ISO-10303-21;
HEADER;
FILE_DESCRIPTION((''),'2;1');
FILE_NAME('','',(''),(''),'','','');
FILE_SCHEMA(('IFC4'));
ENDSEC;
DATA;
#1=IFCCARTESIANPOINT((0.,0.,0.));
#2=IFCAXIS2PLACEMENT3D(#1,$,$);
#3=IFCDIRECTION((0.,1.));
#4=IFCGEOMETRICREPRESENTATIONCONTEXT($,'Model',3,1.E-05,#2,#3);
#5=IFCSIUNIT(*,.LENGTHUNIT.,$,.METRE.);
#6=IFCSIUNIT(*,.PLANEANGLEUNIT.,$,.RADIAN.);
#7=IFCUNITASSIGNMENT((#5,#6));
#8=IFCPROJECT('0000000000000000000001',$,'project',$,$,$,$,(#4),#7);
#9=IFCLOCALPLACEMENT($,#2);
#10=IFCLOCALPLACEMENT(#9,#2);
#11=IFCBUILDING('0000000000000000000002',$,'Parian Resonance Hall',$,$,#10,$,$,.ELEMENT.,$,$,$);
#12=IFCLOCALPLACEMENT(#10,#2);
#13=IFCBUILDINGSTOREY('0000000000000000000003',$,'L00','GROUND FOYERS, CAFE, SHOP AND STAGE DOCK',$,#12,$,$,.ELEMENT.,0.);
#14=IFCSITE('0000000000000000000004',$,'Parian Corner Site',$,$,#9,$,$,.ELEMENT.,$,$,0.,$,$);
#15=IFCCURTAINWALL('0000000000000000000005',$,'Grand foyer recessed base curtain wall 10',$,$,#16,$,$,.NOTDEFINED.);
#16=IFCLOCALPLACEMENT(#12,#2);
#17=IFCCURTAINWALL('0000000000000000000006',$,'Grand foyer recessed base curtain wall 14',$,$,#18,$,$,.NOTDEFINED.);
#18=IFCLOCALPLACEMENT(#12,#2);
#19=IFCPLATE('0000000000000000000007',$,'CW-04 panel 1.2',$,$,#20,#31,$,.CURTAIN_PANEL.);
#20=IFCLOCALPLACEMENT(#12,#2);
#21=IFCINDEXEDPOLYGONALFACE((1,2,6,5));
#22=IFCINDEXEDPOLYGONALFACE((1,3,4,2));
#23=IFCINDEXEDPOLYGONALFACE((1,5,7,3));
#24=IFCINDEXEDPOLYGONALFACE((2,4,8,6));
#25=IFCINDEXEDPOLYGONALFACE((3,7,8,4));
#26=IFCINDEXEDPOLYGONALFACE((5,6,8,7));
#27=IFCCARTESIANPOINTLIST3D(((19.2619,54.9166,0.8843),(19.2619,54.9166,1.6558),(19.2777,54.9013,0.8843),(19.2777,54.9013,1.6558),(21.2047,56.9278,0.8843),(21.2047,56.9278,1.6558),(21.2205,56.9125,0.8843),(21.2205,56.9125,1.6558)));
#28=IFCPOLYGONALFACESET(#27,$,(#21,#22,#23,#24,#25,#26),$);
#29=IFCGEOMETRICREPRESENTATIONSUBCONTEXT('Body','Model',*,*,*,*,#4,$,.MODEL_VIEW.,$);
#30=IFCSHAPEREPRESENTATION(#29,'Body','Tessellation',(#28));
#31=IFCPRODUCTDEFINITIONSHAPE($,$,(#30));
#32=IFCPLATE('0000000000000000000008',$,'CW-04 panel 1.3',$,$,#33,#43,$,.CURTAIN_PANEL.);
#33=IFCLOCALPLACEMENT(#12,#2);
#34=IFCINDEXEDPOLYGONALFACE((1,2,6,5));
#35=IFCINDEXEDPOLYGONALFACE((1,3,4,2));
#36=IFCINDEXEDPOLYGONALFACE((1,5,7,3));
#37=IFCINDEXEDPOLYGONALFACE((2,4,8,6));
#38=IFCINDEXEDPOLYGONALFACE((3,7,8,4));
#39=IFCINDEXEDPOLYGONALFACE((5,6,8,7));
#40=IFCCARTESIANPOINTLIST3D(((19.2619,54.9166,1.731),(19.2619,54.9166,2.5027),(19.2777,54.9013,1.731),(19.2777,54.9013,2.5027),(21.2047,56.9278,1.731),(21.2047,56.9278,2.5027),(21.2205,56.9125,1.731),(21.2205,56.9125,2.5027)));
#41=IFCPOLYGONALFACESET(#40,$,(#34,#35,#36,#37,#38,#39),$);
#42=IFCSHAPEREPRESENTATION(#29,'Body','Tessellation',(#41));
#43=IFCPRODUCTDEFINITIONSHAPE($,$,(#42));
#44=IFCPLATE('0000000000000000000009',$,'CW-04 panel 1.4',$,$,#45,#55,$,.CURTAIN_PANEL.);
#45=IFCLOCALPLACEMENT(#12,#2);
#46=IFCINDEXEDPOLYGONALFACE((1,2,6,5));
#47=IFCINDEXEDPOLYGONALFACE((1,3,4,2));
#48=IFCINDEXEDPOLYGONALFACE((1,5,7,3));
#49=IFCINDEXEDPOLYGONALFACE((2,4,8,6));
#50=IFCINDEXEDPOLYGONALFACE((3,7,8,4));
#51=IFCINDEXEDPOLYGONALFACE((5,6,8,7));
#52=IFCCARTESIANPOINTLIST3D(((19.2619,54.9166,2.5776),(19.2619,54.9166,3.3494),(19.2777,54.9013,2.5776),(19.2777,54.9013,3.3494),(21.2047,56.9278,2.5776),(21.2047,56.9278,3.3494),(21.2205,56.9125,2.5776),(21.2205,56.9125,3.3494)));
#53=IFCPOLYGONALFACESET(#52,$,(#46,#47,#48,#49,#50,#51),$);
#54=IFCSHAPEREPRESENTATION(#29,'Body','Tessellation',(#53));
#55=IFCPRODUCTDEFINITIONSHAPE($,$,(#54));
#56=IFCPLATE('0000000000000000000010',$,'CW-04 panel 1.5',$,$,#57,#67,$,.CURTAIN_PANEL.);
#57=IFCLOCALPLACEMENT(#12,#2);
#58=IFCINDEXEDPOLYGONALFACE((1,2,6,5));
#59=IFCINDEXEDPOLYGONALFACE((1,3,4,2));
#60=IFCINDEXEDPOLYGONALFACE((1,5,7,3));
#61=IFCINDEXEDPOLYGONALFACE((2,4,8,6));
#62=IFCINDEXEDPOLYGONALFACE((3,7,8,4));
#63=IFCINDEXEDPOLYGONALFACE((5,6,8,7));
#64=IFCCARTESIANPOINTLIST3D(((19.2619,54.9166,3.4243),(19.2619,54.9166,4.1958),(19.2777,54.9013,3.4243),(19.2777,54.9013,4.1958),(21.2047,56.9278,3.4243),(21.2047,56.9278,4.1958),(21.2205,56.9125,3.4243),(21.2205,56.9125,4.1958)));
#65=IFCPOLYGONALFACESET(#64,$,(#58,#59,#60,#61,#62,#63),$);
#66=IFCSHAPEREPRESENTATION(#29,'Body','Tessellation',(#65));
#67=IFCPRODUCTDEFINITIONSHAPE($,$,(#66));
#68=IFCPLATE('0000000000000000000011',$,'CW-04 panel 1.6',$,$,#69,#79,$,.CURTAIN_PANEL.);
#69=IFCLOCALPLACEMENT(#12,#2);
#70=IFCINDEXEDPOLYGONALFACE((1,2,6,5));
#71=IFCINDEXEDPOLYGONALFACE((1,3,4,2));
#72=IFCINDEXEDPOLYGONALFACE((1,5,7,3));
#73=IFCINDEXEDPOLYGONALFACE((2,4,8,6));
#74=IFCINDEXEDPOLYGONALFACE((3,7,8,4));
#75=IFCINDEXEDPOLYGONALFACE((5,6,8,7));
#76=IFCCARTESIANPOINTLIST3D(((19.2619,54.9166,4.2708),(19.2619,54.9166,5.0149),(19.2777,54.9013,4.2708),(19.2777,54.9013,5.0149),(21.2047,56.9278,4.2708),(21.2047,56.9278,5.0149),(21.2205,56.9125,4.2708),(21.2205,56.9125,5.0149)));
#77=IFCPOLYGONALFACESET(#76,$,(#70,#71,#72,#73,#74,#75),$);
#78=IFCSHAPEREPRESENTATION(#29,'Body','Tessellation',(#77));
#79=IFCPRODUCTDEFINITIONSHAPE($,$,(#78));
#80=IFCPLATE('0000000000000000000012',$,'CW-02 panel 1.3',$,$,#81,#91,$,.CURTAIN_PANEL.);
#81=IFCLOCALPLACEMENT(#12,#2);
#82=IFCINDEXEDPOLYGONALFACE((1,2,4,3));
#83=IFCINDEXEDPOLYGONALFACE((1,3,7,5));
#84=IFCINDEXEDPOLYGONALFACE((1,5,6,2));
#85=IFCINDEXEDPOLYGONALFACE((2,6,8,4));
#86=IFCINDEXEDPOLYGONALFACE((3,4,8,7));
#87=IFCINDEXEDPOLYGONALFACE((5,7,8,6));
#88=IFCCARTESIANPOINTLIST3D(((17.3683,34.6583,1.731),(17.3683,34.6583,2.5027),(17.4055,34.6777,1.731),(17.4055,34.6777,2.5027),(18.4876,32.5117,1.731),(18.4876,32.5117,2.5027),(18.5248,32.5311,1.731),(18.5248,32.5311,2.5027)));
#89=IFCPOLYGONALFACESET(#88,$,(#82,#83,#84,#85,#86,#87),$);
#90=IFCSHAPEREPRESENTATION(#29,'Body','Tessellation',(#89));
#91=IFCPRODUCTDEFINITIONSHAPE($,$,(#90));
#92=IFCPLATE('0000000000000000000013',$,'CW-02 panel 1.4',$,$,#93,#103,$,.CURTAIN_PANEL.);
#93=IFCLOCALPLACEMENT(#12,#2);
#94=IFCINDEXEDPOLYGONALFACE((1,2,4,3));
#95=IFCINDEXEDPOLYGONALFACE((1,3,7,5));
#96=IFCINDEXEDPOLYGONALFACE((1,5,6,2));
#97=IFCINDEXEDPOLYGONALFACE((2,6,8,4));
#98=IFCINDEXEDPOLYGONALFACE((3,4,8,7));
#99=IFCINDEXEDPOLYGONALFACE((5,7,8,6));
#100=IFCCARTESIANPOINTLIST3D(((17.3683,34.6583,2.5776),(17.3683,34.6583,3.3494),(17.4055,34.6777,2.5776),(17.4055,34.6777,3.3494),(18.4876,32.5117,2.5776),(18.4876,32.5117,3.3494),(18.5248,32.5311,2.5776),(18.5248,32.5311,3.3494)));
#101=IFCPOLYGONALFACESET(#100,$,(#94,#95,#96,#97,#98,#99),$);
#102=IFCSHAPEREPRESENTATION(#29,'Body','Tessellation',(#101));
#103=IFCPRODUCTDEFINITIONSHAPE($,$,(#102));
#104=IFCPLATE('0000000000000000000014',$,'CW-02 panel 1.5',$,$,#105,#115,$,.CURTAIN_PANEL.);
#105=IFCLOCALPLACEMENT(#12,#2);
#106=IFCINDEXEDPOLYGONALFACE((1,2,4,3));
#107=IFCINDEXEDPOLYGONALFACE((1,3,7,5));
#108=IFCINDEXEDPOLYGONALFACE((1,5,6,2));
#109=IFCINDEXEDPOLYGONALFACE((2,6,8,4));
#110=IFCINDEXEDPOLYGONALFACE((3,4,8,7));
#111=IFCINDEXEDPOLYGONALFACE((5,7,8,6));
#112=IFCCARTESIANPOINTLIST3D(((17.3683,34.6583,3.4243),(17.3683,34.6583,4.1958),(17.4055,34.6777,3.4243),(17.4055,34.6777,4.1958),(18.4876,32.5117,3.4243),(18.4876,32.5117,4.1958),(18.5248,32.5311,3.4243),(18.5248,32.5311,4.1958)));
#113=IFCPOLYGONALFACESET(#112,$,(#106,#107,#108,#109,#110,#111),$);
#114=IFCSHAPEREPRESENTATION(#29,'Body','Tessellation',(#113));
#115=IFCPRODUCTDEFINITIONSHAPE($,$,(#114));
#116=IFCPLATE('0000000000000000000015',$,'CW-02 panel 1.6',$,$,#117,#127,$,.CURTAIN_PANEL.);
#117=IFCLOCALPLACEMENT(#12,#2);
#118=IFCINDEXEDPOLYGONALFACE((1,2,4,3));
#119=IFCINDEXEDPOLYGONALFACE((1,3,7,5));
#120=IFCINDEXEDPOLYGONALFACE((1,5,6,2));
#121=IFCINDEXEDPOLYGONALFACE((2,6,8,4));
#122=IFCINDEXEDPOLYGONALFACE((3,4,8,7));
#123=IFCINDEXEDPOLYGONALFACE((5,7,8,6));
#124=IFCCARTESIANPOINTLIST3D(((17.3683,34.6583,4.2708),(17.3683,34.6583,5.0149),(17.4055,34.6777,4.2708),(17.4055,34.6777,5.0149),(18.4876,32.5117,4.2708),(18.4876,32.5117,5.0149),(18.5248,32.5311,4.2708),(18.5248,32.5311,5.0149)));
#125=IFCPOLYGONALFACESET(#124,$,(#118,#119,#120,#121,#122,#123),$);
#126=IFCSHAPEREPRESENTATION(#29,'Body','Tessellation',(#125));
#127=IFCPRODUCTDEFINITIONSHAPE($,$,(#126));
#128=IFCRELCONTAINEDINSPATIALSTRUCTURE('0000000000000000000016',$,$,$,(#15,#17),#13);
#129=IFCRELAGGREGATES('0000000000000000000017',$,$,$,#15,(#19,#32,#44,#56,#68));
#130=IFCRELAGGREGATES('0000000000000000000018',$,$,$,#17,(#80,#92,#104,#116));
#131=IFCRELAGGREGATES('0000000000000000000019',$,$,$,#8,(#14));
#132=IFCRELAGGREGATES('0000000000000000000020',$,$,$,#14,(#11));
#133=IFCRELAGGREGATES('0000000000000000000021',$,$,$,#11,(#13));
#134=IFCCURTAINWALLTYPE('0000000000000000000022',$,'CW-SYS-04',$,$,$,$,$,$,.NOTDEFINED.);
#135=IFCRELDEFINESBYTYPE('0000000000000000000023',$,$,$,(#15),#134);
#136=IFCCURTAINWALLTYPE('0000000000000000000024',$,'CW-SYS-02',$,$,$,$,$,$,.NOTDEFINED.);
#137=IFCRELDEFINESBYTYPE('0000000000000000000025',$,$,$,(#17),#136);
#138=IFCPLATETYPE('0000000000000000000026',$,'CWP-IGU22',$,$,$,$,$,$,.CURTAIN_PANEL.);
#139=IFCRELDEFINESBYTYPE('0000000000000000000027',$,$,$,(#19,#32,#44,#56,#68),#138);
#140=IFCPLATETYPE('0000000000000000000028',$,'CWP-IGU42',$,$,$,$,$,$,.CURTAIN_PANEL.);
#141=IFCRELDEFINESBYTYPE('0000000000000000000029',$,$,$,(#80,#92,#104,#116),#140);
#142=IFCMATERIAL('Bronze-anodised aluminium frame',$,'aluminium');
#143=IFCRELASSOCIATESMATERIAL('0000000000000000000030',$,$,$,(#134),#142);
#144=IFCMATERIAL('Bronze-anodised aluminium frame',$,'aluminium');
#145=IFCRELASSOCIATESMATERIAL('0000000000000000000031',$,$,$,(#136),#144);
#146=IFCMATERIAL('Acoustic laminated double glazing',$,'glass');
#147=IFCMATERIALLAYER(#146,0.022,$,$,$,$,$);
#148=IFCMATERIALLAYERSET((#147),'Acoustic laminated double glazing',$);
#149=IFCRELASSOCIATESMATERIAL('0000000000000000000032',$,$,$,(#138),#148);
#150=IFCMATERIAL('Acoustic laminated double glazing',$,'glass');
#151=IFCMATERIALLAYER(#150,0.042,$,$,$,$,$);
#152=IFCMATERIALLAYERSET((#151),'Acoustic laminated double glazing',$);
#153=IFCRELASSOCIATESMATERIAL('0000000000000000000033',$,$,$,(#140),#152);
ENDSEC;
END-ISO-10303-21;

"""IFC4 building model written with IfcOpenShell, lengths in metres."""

from ifc_helpers import new_model, si_unit, direction, frame, origin, origin_2d, place, context, subcontext, project, spatial, rectangle, extrude, material, layer, layer_set, type_object, element, aggregate, save


model = new_model("IFC4")

# Units and contexts
model_context = context("Model", 3, precision=1e-05, world=origin(), true_north=direction((0.0, 1.0)))
body_context = subcontext(model_context, "Body", "Model", "MODEL_VIEW")
ifc_project = project(units=[si_unit("LENGTHUNIT", "METRE"), si_unit("PLANEANGLEUNIT", "RADIAN")], contexts=[model_context])

# Site, building, storey
site_placement = place(None, origin())
site = spatial("IfcSite", under=ifc_project, at=site_placement, Name="Parian Corner Site", CompositionType="ELEMENT", RefElevation=0.0)
building_placement = place(site_placement, origin())
building = spatial("IfcBuilding", under=site, at=building_placement, Name="Parian Resonance Hall", CompositionType="ELEMENT")
storey_placement = place(building_placement, origin())
storey = spatial("IfcBuildingStorey", under=building, at=storey_placement, Name="L00", Description="GROUND FOYERS, CAFE, SHOP AND STAGE DOCK", CompositionType="ELEMENT", Elevation=0.0)

# Curtain walls
ifc_material_1 = material(Name="Bronze-anodised aluminium frame", Category="aluminium")
curtain_wall_type_1 = type_object("IfcCurtainWallType", Name="CW-SYS-04", PredefinedType="NOTDEFINED", material=ifc_material_1)
curtain_wall_1_placement = place(storey_placement, origin())
curtain_wall_1 = element("IfcCurtainWall", 1, at=curtain_wall_1_placement, inside=storey, type_object=curtain_wall_type_1, Name="Grand foyer recessed base curtain wall 10", PredefinedType="NOTDEFINED")
ifc_material_2 = material(Name="Bronze-anodised aluminium frame", Category="aluminium")
curtain_wall_type_2 = type_object("IfcCurtainWallType", Name="CW-SYS-02", PredefinedType="NOTDEFINED", material=ifc_material_2)
curtain_wall_2_placement = place(storey_placement, origin())
curtain_wall_2 = element("IfcCurtainWall", 2, at=curtain_wall_2_placement, inside=storey, type_object=curtain_wall_type_2, Name="Grand foyer recessed base curtain wall 14", PredefinedType="NOTDEFINED")

# Plates
ifc_material_3 = material(Name="Acoustic laminated double glazing", Category="glass")
ifc_layer_1 = layer(ifc_material_3, 0.022)
ifc_layer_set_1 = layer_set([ifc_layer_1], Name="Acoustic laminated double glazing")
plate_type_1 = type_object("IfcPlateType", Name="CWP-IGU22", PredefinedType="CURTAIN_PANEL", material=ifc_layer_set_1)
plate_1_placement = place(storey_placement, frame((20.2412, 55.9146, 0.8843), z_axis=(0.0, 0.0, 1.0), x_axis=(0.69478, 0.719223, 0.0)))
plate_1 = element("IfcPlate", 3, at=plate_1_placement, type_object=plate_type_1, Name="CW-04 panel 1.2", PredefinedType="CURTAIN_PANEL", context=body_context, shape_type="SweptSolid", body=[
    extrude(rectangle(XDim=2.7964, YDim=0.022, at=origin_2d()), origin(), (0.0, 0.0, 1.0), 0.7715),
])
plate_2_placement = place(storey_placement, frame((20.2412, 55.9146, 1.731), z_axis=(0.0, 0.0, 1.0), x_axis=(0.69478, 0.719223, 0.0)))
plate_2 = element("IfcPlate", 4, at=plate_2_placement, type_object=plate_type_1, Name="CW-04 panel 1.3", PredefinedType="CURTAIN_PANEL", context=body_context, shape_type="SweptSolid", body=[
    extrude(rectangle(XDim=2.7964, YDim=0.022, at=origin_2d()), origin(), (0.0, 0.0, 1.0), 0.7717),
])
plate_3_placement = place(storey_placement, frame((20.2412, 55.9146, 2.5776), z_axis=(0.0, 0.0, 1.0), x_axis=(0.69478, 0.719223, 0.0)))
plate_3 = element("IfcPlate", 5, at=plate_3_placement, type_object=plate_type_1, Name="CW-04 panel 1.4", PredefinedType="CURTAIN_PANEL", context=body_context, shape_type="SweptSolid", body=[
    extrude(rectangle(XDim=2.7964, YDim=0.022, at=origin_2d()), origin(), (0.0, 0.0, 1.0), 0.7717),
])
plate_4_placement = place(storey_placement, frame((20.2412, 55.9146, 3.4243), z_axis=(0.0, 0.0, 1.0), x_axis=(0.69478, 0.719223, 0.0)))
plate_4 = element("IfcPlate", 6, at=plate_4_placement, type_object=plate_type_1, Name="CW-04 panel 1.5", PredefinedType="CURTAIN_PANEL", context=body_context, shape_type="SweptSolid", body=[
    extrude(rectangle(XDim=2.7964, YDim=0.022, at=origin_2d()), origin(), (0.0, 0.0, 1.0), 0.7715),
])
plate_5_placement = place(storey_placement, frame((20.2412, 55.9146, 4.2708), z_axis=(0.0, 0.0, 1.0), x_axis=(0.69478, 0.719223, 0.0)))
plate_5 = element("IfcPlate", 7, at=plate_5_placement, type_object=plate_type_1, Name="CW-04 panel 1.6", PredefinedType="CURTAIN_PANEL", context=body_context, shape_type="SweptSolid", body=[
    extrude(rectangle(XDim=2.7964, YDim=0.022, at=origin_2d()), origin(), (0.0, 0.0, 1.0), 0.7441),
])
aggregate(curtain_wall_1, [plate_1, plate_2, plate_3, plate_4, plate_5])
ifc_material_4 = material(Name="Acoustic laminated double glazing", Category="glass")
ifc_layer_2 = layer(ifc_material_4, 0.042)
ifc_layer_set_2 = layer_set([ifc_layer_2], Name="Acoustic laminated double glazing")
plate_type_2 = type_object("IfcPlateType", Name="CWP-IGU42", PredefinedType="CURTAIN_PANEL", material=ifc_layer_set_2)
plate_6_placement = place(storey_placement, frame((17.9465, 33.5947, 1.731), z_axis=(0.0, 0.0, 1.0), x_axis=(-0.462362, 0.886691, 0.0)))
plate_6 = element("IfcPlate", 8, at=plate_6_placement, type_object=plate_type_2, Name="CW-02 panel 1.3", PredefinedType="CURTAIN_PANEL", context=body_context, shape_type="SweptSolid", body=[
    extrude(rectangle(XDim=2.4209, YDim=0.042, at=origin_2d()), origin(), (0.0, 0.0, 1.0), 0.7717),
])
plate_7_placement = place(storey_placement, frame((17.9465, 33.5947, 2.5776), z_axis=(0.0, 0.0, 1.0), x_axis=(-0.462362, 0.886691, 0.0)))
plate_7 = element("IfcPlate", 9, at=plate_7_placement, type_object=plate_type_2, Name="CW-02 panel 1.4", PredefinedType="CURTAIN_PANEL", context=body_context, shape_type="SweptSolid", body=[
    extrude(rectangle(XDim=2.4209, YDim=0.042, at=origin_2d()), origin(), (0.0, 0.0, 1.0), 0.7717),
])
plate_8_placement = place(storey_placement, frame((17.9465, 33.5947, 3.4243), z_axis=(0.0, 0.0, 1.0), x_axis=(-0.462362, 0.886691, 0.0)))
plate_8 = element("IfcPlate", 10, at=plate_8_placement, type_object=plate_type_2, Name="CW-02 panel 1.5", PredefinedType="CURTAIN_PANEL", context=body_context, shape_type="SweptSolid", body=[
    extrude(rectangle(XDim=2.4209, YDim=0.042, at=origin_2d()), origin(), (0.0, 0.0, 1.0), 0.7715),
])
plate_9_placement = place(storey_placement, frame((17.9465, 33.5947, 4.2708), z_axis=(0.0, 0.0, 1.0), x_axis=(-0.462362, 0.886691, 0.0)))
plate_9 = element("IfcPlate", 11, at=plate_9_placement, type_object=plate_type_2, Name="CW-02 panel 1.6", PredefinedType="CURTAIN_PANEL", context=body_context, shape_type="SweptSolid", body=[
    extrude(rectangle(XDim=2.4209, YDim=0.042, at=origin_2d()), origin(), (0.0, 0.0, 1.0), 0.7441),
])
aggregate(curtain_wall_2, [plate_6, plate_7, plate_8, plate_9])

save(model, "model.ifc")
